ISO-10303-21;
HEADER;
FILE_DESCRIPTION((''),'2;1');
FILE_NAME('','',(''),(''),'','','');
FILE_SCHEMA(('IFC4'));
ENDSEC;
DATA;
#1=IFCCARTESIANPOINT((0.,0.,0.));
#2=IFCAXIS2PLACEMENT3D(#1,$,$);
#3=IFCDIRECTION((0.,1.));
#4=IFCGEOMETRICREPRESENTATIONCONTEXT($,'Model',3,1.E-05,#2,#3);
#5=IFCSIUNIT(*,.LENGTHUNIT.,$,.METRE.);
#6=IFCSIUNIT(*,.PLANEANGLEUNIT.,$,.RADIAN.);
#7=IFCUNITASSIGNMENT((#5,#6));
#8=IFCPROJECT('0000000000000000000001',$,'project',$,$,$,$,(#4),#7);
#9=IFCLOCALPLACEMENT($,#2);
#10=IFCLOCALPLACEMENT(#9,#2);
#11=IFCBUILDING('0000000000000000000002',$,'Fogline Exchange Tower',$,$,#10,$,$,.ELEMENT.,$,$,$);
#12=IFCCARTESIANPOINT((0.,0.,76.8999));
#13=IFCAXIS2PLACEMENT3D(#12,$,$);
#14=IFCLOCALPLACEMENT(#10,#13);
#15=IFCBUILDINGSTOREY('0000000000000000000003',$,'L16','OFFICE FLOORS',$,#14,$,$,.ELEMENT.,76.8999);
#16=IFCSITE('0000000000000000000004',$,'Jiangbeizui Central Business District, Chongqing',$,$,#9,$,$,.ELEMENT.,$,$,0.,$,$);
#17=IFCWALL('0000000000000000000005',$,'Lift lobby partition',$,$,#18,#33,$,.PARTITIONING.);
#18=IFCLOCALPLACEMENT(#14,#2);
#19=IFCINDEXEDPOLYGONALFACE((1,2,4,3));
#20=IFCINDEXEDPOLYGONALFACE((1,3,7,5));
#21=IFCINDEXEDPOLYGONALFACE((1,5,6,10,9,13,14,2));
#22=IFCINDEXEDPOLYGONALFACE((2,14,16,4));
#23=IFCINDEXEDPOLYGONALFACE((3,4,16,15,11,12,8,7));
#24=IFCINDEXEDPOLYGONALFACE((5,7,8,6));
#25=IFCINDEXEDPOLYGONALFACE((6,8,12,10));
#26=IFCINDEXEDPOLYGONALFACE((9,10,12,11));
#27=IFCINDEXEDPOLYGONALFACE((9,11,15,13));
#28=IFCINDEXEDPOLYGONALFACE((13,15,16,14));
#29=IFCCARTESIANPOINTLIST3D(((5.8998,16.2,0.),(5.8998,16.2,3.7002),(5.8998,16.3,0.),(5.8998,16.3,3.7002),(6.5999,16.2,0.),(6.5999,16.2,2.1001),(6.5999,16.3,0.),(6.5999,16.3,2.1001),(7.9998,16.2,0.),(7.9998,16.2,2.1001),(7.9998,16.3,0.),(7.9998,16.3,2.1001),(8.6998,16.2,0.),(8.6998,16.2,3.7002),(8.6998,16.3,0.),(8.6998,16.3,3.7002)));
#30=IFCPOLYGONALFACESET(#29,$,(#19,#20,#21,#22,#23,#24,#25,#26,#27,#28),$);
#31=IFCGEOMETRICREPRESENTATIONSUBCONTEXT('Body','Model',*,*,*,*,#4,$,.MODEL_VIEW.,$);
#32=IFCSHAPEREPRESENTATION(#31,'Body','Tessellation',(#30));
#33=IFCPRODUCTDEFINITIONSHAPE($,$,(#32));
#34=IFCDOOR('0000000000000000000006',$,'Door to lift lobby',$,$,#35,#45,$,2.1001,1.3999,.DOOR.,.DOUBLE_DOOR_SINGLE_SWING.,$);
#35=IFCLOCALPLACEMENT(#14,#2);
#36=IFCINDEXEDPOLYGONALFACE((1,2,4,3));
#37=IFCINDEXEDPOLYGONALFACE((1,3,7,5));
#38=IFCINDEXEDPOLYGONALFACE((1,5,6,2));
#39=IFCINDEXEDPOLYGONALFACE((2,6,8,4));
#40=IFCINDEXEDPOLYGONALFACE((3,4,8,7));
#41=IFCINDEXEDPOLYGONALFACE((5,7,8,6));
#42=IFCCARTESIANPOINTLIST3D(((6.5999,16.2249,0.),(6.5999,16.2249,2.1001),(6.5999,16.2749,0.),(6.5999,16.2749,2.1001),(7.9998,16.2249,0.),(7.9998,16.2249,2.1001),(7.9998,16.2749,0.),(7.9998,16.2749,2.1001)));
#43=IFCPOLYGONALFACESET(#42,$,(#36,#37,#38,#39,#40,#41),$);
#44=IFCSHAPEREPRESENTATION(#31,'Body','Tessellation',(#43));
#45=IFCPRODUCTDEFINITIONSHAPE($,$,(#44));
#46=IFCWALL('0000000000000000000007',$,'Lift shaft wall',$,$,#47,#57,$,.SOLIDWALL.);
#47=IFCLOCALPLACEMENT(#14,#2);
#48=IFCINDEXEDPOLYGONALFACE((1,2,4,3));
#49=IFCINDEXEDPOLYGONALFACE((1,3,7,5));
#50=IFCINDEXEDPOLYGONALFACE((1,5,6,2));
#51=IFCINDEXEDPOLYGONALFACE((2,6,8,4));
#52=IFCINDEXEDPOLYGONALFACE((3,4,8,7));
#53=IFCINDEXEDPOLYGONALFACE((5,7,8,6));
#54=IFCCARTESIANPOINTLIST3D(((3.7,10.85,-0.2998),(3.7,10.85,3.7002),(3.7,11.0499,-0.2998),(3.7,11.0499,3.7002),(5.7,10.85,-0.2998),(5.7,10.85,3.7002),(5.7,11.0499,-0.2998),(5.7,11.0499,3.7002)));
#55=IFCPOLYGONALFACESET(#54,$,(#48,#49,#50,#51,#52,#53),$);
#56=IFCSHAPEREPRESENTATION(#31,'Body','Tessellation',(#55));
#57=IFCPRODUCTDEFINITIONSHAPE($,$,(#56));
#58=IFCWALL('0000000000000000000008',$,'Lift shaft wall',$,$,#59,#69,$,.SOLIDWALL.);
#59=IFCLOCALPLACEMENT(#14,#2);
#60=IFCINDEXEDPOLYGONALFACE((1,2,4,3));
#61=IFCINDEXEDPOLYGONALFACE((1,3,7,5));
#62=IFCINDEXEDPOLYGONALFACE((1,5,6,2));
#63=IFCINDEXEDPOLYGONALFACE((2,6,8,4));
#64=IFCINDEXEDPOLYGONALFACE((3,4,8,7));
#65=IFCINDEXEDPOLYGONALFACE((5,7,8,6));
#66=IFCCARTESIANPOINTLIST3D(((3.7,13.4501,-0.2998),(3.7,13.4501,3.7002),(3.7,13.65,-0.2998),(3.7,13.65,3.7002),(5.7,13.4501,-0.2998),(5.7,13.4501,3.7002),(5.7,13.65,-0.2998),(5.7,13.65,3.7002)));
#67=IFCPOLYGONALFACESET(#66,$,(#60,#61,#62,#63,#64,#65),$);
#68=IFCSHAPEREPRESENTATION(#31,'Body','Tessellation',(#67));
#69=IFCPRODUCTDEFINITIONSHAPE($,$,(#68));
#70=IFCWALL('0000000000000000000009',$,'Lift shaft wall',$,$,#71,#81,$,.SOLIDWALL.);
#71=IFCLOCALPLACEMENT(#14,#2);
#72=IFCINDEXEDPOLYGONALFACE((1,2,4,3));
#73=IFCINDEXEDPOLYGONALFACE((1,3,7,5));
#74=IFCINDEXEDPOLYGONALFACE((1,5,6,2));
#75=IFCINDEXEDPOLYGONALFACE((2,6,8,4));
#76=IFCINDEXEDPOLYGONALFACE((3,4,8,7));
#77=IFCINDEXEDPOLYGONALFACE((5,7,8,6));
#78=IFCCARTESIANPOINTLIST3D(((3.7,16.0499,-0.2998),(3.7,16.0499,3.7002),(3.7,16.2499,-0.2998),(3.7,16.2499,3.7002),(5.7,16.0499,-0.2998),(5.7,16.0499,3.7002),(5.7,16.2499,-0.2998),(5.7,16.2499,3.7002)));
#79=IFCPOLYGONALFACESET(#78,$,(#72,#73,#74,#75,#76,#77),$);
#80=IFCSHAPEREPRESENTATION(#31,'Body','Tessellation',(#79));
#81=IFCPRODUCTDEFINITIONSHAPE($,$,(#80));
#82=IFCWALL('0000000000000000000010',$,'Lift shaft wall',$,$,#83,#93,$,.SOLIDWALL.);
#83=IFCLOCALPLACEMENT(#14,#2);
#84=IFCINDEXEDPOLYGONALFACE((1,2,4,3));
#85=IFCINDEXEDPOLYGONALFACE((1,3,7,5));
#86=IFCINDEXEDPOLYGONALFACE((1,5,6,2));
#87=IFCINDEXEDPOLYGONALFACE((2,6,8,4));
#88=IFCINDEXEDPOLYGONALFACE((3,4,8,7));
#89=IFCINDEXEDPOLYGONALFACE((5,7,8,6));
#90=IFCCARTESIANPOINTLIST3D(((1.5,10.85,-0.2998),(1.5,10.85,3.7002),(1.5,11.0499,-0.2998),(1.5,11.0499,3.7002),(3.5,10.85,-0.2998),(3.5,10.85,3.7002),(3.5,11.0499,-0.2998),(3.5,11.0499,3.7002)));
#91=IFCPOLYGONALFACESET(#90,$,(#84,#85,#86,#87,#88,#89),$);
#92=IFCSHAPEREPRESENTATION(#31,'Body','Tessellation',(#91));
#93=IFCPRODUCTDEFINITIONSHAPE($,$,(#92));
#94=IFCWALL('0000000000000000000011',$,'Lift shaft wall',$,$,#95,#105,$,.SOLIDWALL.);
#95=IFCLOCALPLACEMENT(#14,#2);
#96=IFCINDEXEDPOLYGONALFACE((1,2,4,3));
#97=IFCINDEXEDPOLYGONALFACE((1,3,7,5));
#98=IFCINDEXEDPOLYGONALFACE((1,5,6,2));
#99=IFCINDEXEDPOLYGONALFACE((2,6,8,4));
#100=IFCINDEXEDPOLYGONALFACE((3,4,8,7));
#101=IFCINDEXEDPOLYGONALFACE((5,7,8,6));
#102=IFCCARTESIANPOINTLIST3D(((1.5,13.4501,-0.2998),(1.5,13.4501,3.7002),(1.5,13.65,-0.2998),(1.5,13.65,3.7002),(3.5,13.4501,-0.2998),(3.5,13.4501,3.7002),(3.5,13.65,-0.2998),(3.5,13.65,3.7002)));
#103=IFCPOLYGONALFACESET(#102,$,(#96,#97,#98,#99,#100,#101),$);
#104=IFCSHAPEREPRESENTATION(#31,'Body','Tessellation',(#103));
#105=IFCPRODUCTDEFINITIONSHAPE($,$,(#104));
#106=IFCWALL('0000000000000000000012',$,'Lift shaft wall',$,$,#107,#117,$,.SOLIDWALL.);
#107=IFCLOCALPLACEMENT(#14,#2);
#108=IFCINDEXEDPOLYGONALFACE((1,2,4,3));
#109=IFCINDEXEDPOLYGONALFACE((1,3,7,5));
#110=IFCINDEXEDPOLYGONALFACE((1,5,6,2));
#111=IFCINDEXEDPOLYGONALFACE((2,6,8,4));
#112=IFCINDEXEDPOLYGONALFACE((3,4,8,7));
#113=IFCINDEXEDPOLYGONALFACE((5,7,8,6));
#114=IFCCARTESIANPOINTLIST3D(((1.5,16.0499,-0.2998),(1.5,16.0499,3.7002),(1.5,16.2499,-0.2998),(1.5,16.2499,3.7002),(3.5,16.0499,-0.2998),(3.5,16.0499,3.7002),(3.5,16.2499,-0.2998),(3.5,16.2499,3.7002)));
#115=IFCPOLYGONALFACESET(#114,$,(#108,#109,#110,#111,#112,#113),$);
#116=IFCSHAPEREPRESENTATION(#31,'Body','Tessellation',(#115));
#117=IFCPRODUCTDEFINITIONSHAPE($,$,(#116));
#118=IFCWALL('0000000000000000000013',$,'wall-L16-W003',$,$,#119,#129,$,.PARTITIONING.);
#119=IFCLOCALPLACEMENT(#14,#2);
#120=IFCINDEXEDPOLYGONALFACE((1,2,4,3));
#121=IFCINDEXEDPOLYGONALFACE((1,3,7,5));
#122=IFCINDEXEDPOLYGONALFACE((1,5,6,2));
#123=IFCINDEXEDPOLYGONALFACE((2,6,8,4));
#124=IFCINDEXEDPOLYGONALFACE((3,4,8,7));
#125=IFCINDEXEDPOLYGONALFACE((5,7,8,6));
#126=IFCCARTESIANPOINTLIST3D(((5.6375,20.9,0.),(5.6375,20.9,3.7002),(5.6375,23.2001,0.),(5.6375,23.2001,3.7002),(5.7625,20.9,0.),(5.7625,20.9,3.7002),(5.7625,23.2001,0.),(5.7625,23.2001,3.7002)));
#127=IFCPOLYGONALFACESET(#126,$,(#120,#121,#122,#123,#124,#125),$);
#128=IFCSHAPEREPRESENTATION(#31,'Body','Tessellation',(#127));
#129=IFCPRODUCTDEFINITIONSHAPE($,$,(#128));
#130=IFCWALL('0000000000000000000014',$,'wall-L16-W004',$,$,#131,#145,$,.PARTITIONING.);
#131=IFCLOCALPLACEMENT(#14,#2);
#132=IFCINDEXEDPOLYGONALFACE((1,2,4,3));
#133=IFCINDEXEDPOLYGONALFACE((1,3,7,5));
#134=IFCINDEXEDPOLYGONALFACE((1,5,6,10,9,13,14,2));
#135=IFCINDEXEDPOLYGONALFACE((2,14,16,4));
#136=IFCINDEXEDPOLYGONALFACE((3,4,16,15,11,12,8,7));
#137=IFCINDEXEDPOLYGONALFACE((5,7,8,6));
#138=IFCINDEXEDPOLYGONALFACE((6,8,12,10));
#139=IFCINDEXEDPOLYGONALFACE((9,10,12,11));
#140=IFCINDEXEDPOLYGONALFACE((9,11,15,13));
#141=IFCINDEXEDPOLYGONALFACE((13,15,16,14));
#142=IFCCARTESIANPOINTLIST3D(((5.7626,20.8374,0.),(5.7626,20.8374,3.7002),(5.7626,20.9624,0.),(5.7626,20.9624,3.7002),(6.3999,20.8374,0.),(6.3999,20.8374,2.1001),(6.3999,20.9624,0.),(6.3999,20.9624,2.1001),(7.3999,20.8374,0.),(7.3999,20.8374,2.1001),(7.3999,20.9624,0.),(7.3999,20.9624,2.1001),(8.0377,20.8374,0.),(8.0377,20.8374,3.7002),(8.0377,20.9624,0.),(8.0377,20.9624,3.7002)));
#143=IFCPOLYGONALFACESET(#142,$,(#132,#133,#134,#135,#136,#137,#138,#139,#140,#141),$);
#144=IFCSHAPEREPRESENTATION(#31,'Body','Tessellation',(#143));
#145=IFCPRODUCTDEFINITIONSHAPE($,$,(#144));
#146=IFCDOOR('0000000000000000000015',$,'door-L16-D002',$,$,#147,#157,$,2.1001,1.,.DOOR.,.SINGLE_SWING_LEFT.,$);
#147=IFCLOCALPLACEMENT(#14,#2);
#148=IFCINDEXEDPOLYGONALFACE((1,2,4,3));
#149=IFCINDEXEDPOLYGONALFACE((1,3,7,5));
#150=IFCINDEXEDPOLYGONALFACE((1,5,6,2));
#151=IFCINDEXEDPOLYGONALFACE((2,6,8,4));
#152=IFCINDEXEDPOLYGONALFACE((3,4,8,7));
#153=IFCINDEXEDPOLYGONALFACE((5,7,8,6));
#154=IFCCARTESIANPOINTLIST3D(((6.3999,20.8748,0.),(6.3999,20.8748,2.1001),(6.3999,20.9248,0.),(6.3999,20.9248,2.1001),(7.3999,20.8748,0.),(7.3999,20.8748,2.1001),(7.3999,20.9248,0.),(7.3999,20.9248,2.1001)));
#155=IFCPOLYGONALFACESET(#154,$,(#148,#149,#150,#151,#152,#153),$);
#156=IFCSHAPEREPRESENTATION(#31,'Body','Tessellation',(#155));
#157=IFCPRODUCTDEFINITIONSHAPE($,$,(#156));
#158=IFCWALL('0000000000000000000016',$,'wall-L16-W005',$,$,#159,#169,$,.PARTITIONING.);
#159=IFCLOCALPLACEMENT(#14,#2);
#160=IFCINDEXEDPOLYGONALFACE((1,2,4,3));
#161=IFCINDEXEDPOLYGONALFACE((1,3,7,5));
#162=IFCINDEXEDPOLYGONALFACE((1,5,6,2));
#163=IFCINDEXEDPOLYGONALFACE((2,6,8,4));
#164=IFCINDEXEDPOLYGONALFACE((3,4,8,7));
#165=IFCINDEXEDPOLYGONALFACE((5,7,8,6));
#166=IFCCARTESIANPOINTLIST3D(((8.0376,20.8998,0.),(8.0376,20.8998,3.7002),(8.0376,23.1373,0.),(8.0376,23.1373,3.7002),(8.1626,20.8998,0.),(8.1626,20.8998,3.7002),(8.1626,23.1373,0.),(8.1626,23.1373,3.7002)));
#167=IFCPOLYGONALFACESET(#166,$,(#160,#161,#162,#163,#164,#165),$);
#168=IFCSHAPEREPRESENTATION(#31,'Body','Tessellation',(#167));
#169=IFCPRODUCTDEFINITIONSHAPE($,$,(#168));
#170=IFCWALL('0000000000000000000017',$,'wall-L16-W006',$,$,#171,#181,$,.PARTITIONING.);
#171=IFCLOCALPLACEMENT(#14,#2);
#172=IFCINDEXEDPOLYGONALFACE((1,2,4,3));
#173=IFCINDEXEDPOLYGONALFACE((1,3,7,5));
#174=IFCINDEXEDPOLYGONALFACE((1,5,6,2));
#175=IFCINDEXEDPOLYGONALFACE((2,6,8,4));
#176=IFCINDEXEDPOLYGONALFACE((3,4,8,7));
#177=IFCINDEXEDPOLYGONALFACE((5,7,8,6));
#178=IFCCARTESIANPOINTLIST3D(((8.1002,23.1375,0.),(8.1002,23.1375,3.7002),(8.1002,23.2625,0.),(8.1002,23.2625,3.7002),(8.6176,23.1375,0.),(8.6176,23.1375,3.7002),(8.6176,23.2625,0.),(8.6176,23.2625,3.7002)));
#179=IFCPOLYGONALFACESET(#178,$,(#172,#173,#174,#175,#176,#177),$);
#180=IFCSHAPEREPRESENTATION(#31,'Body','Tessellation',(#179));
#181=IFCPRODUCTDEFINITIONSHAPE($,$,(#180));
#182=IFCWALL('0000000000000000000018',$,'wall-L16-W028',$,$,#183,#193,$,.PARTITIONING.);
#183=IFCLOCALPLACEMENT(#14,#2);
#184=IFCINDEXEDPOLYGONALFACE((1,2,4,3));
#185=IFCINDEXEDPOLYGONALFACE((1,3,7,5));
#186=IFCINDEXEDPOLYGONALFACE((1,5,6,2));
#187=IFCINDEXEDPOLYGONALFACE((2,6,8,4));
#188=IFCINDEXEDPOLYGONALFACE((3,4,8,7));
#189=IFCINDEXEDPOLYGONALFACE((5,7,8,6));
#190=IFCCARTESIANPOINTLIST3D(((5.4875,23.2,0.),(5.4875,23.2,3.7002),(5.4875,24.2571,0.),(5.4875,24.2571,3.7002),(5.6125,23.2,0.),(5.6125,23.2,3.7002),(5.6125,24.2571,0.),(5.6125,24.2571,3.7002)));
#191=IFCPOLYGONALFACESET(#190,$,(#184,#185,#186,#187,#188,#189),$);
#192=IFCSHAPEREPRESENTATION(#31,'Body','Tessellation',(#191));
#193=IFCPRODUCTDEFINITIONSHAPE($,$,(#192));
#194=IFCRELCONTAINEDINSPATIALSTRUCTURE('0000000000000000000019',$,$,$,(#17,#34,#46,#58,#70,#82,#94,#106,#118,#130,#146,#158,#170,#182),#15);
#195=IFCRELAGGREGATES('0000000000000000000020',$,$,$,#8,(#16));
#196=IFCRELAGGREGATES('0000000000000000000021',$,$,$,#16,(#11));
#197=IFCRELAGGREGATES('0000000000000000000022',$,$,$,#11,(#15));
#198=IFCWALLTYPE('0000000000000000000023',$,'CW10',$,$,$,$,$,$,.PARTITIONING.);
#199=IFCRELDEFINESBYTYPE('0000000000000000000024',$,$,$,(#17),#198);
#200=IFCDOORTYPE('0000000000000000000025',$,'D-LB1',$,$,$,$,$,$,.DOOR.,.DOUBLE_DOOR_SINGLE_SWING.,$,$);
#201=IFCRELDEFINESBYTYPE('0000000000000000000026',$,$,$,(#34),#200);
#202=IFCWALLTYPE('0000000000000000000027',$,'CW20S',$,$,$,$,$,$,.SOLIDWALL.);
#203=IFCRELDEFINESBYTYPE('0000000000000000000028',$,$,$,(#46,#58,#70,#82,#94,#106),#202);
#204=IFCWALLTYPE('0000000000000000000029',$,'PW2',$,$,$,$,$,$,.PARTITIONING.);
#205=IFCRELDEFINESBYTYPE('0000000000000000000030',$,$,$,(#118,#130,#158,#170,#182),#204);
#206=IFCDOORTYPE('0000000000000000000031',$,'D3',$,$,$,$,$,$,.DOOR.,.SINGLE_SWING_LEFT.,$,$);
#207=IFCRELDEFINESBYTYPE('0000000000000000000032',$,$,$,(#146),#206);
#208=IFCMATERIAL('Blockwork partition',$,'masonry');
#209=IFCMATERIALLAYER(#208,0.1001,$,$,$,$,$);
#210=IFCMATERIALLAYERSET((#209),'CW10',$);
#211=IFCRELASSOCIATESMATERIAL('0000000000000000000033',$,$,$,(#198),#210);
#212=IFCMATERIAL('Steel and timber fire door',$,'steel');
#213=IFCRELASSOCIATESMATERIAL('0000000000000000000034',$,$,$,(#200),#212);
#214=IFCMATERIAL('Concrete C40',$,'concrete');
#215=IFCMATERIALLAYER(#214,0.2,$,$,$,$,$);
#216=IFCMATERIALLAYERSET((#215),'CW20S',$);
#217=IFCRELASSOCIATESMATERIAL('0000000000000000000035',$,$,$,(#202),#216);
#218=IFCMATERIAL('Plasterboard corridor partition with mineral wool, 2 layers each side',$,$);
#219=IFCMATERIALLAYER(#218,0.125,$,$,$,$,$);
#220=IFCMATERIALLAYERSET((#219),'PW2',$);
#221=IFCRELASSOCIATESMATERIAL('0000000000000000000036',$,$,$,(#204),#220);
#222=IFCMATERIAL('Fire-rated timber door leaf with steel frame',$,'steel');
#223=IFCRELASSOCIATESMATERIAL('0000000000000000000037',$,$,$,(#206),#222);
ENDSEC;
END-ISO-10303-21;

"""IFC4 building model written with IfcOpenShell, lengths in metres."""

from ifc_helpers import new_model, si_unit, direction, frame, frame_2d, origin, place, context, subcontext, project, spatial, rectangle, extrude, material, layer, layer_set, type_object, element, fill, save


model = new_model("IFC4")

# Units and contexts
model_context = context("Model", 3, precision=1e-05, world=origin(), true_north=direction((0.0, 1.0)))
body_context = subcontext(model_context, "Body", "Model", "MODEL_VIEW")
ifc_project = project(units=[si_unit("LENGTHUNIT", "METRE"), si_unit("PLANEANGLEUNIT", "RADIAN")], contexts=[model_context])

# Site, building, storey
site_placement = place(None, origin())
site = spatial("IfcSite", under=ifc_project, at=site_placement, Name="Jiangbeizui Central Business District, Chongqing", CompositionType="ELEMENT", RefElevation=0.0)
building_placement = place(site_placement, origin())
building = spatial("IfcBuilding", under=site, at=building_placement, Name="Fogline Exchange Tower", CompositionType="ELEMENT")
storey_placement = place(building_placement, frame((0.0, 0.0, 76.8999)))
storey = spatial("IfcBuildingStorey", under=building, at=storey_placement, Name="L16", Description="OFFICE FLOORS", CompositionType="ELEMENT", Elevation=76.8999)

# Wall, opening, door
ifc_material_1 = material(Name="Blockwork partition", Category="masonry")
ifc_layer_1 = layer(ifc_material_1, 0.1001)
ifc_layer_set_1 = layer_set([ifc_layer_1], Name="CW10")
wall_type_1 = type_object("IfcWallType", Name="CW10", PredefinedType="PARTITIONING", material=ifc_layer_set_1)
wall_1_placement = place(storey_placement, frame((5.8999, 16.25, 0.0), z_axis=(0.0, 0.0, 1.0), x_axis=(1.0, 0.0, 0.0)))
wall_1 = element("IfcWall", 1, at=wall_1_placement, inside=storey, type_object=wall_type_1, Name="Lift lobby partition", PredefinedType="PARTITIONING", context=body_context, shape_type="SweptSolid", body=[
    extrude(rectangle(XDim=2.8, YDim=0.1001, at=frame_2d((1.3999, 0.0))), origin(), (0.0, 0.0, 1.0), 3.7002),
])
opening_1_placement = place(wall_1_placement, frame((0.7, 0.0, 0.0)))
opening_1 = element("IfcOpeningElement", 2, at=opening_1_placement, cuts=wall_1, PredefinedType="OPENING", context=body_context, shape_type="SweptSolid", body=[
    extrude(rectangle(XDim=1.3999, YDim=2.1001, at=frame_2d((0.7, 1.05))), frame((0.0, 0.0601, 0.0), z_axis=(0.0, -1.0, 0.0), x_axis=(1.0, 0.0, 0.0)), (0.0, 0.0, 1.0), 0.1201),
])
ifc_material_2 = material(Name="Steel and timber fire door", Category="steel")
door_type_1 = type_object("IfcDoorType", Name="D-LB1", OperationType="DOUBLE_DOOR_SINGLE_SWING", PredefinedType="DOOR", material=ifc_material_2)
door_1_placement = place(opening_1_placement, origin())
door_1 = element("IfcDoor", 3, at=door_1_placement, inside=storey, type_object=door_type_1, Name="Door to lift lobby", OperationType="DOUBLE_DOOR_SINGLE_SWING", OverallHeight=2.1001, OverallWidth=1.3999, PredefinedType="DOOR", context=body_context, shape_type="SweptSolid", body=[
    extrude(rectangle(XDim=1.3999, YDim=2.1001, at=frame_2d((0.7, 1.05))), frame((0.0, 0.0249, 0.0), z_axis=(0.0, -1.0, 0.0), x_axis=(1.0, 0.0, 0.0)), (0.0, 0.0, 1.0), 0.05),
])
fill(opening_1, door_1)

# Walls
ifc_material_3 = material(Name="Concrete C40", Category="concrete")
ifc_layer_2 = layer(ifc_material_3, 0.2)
ifc_layer_set_2 = layer_set([ifc_layer_2], Name="CW20S")
wall_type_2 = type_object("IfcWallType", Name="CW20S", PredefinedType="SOLIDWALL", material=ifc_layer_set_2)
for number, where, z_axis, x_axis, name in (
    (4, (3.7, 10.95, -0.2998), (0.0, 0.0, 1.0), (1.0, 0.0, 0.0), "Lift shaft wall"),
    (5, (3.7, 13.55, -0.2998), (0.0, 0.0, 1.0), (1.0, 0.0, 0.0), "Lift shaft wall"),
    (6, (3.7, 16.1499, -0.2998), (0.0, 0.0, 1.0), (1.0, 0.0, 0.0), "Lift shaft wall"),
    (7, (1.5, 10.95, -0.2998), (0.0, 0.0, 1.0), (1.0, 0.0, 0.0), "Lift shaft wall"),
    (8, (1.5, 13.55, -0.2998), (0.0, 0.0, 1.0), (1.0, 0.0, 0.0), "Lift shaft wall"),
    (9, (1.5, 16.1499, -0.2998), (0.0, 0.0, 1.0), (1.0, 0.0, 0.0), "Lift shaft wall"),
):
    element("IfcWall", number, at=place(storey_placement, frame(where, z_axis=z_axis, x_axis=x_axis)), inside=storey, type_object=wall_type_2, Name=name, PredefinedType="SOLIDWALL", context=body_context, shape_type="SweptSolid", body=[
        extrude(rectangle(XDim=2.0, YDim=0.2, at=frame_2d((1.0, 0.0))), origin(), (0.0, 0.0, 1.0), 4.0),
    ])
ifc_material_4 = material(Name="Plasterboard corridor partition with mineral wool, 2 layers each side")
ifc_layer_3 = layer(ifc_material_4, 0.125)
ifc_layer_set_3 = layer_set([ifc_layer_3], Name="PW2")
wall_type_3 = type_object("IfcWallType", Name="PW2", PredefinedType="PARTITIONING", material=ifc_layer_set_3)
wall_2_placement = place(storey_placement, frame((5.7, 23.2, 0.0), z_axis=(0.0, 0.0, 1.0), x_axis=(0.0, -1.0, 0.0)))
element("IfcWall", 10, at=wall_2_placement, inside=storey, type_object=wall_type_3, Name="wall-L16-W003", PredefinedType="PARTITIONING", context=body_context, shape_type="SweptSolid", body=[
    extrude(rectangle(XDim=2.3, YDim=0.125, at=frame_2d((1.1499, 0.0))), origin(), (0.0, 0.0, 1.0), 3.7002),
])

# Wall, opening, door
wall_3_placement = place(storey_placement, frame((5.7625, 20.8999, 0.0), z_axis=(0.0, 0.0, 1.0), x_axis=(1.0, 0.0, 0.0)))
wall_3 = element("IfcWall", 11, at=wall_3_placement, inside=storey, type_object=wall_type_3, Name="wall-L16-W004", PredefinedType="PARTITIONING", context=body_context, shape_type="SweptSolid", body=[
    extrude(rectangle(XDim=2.2751, YDim=0.125, at=frame_2d((1.1377, 0.0))), origin(), (0.0, 0.0, 1.0), 3.7002),
])
opening_2_placement = place(wall_3_placement, frame((0.6375, 0.0, 0.0)))
opening_2 = element("IfcOpeningElement", 12, at=opening_2_placement, cuts=wall_3, PredefinedType="OPENING", context=body_context, shape_type="SweptSolid", body=[
    extrude(rectangle(XDim=1.0, YDim=2.1001, at=frame_2d((0.5, 1.05))), frame((0.0, 0.0725, 0.0), z_axis=(0.0, -1.0, 0.0), x_axis=(1.0, 0.0, 0.0)), (0.0, 0.0, 1.0), 0.145),
])
ifc_material_5 = material(Name="Fire-rated timber door leaf with steel frame", Category="steel")
door_type_2 = type_object("IfcDoorType", Name="D3", OperationType="SINGLE_SWING_LEFT", PredefinedType="DOOR", material=ifc_material_5)
door_2_placement = place(opening_2_placement, origin())
door_2 = element("IfcDoor", 13, at=door_2_placement, inside=storey, type_object=door_type_2, Name="door-L16-D002", OperationType="SINGLE_SWING_LEFT", OverallHeight=2.1001, OverallWidth=1.0, PredefinedType="DOOR", context=body_context, shape_type="SweptSolid", body=[
    extrude(rectangle(XDim=1.0, YDim=2.1001, at=frame_2d((0.5, 1.05))), frame((0.0, 0.0249, 0.0), z_axis=(0.0, -1.0, 0.0), x_axis=(1.0, 0.0, 0.0)), (0.0, 0.0, 1.0), 0.05),
])
fill(opening_2, door_2)

# Walls
wall_4_placement = place(storey_placement, frame((8.1001, 20.8999, 0.0), z_axis=(0.0, 0.0, 1.0), x_axis=(0.0, 1.0, 0.0)))
element("IfcWall", 14, at=wall_4_placement, inside=storey, type_object=wall_type_3, Name="wall-L16-W005", PredefinedType="PARTITIONING", context=body_context, shape_type="SweptSolid", body=[
    extrude(rectangle(XDim=2.2375, YDim=0.125, at=frame_2d((1.1187, 0.0))), origin(), (0.0, 0.0, 1.0), 3.7002),
])
wall_5_placement = place(storey_placement, frame((8.1001, 23.2, 0.0), z_axis=(0.0, 0.0, 1.0), x_axis=(1.0, 0.0, 0.0)))
element("IfcWall", 15, at=wall_5_placement, inside=storey, type_object=wall_type_3, Name="wall-L16-W006", PredefinedType="PARTITIONING", context=body_context, shape_type="SweptSolid", body=[
    extrude(rectangle(XDim=0.5173, YDim=0.125, at=frame_2d((0.2588, 0.0))), origin(), (0.0, 0.0, 1.0), 3.7002),
])
wall_6_placement = place(storey_placement, frame((5.55, 24.2571, 0.0), z_axis=(0.0, 0.0, 1.0), x_axis=(0.0, -1.0, 0.0)))
element("IfcWall", 16, at=wall_6_placement, inside=storey, type_object=wall_type_3, Name="wall-L16-W028", PredefinedType="PARTITIONING", context=body_context, shape_type="SweptSolid", body=[
    extrude(rectangle(XDim=1.0571, YDim=0.125, at=frame_2d((0.5286, 0.0))), origin(), (0.0, 0.0, 1.0), 3.7002),
])

save(model, "model.ifc")
